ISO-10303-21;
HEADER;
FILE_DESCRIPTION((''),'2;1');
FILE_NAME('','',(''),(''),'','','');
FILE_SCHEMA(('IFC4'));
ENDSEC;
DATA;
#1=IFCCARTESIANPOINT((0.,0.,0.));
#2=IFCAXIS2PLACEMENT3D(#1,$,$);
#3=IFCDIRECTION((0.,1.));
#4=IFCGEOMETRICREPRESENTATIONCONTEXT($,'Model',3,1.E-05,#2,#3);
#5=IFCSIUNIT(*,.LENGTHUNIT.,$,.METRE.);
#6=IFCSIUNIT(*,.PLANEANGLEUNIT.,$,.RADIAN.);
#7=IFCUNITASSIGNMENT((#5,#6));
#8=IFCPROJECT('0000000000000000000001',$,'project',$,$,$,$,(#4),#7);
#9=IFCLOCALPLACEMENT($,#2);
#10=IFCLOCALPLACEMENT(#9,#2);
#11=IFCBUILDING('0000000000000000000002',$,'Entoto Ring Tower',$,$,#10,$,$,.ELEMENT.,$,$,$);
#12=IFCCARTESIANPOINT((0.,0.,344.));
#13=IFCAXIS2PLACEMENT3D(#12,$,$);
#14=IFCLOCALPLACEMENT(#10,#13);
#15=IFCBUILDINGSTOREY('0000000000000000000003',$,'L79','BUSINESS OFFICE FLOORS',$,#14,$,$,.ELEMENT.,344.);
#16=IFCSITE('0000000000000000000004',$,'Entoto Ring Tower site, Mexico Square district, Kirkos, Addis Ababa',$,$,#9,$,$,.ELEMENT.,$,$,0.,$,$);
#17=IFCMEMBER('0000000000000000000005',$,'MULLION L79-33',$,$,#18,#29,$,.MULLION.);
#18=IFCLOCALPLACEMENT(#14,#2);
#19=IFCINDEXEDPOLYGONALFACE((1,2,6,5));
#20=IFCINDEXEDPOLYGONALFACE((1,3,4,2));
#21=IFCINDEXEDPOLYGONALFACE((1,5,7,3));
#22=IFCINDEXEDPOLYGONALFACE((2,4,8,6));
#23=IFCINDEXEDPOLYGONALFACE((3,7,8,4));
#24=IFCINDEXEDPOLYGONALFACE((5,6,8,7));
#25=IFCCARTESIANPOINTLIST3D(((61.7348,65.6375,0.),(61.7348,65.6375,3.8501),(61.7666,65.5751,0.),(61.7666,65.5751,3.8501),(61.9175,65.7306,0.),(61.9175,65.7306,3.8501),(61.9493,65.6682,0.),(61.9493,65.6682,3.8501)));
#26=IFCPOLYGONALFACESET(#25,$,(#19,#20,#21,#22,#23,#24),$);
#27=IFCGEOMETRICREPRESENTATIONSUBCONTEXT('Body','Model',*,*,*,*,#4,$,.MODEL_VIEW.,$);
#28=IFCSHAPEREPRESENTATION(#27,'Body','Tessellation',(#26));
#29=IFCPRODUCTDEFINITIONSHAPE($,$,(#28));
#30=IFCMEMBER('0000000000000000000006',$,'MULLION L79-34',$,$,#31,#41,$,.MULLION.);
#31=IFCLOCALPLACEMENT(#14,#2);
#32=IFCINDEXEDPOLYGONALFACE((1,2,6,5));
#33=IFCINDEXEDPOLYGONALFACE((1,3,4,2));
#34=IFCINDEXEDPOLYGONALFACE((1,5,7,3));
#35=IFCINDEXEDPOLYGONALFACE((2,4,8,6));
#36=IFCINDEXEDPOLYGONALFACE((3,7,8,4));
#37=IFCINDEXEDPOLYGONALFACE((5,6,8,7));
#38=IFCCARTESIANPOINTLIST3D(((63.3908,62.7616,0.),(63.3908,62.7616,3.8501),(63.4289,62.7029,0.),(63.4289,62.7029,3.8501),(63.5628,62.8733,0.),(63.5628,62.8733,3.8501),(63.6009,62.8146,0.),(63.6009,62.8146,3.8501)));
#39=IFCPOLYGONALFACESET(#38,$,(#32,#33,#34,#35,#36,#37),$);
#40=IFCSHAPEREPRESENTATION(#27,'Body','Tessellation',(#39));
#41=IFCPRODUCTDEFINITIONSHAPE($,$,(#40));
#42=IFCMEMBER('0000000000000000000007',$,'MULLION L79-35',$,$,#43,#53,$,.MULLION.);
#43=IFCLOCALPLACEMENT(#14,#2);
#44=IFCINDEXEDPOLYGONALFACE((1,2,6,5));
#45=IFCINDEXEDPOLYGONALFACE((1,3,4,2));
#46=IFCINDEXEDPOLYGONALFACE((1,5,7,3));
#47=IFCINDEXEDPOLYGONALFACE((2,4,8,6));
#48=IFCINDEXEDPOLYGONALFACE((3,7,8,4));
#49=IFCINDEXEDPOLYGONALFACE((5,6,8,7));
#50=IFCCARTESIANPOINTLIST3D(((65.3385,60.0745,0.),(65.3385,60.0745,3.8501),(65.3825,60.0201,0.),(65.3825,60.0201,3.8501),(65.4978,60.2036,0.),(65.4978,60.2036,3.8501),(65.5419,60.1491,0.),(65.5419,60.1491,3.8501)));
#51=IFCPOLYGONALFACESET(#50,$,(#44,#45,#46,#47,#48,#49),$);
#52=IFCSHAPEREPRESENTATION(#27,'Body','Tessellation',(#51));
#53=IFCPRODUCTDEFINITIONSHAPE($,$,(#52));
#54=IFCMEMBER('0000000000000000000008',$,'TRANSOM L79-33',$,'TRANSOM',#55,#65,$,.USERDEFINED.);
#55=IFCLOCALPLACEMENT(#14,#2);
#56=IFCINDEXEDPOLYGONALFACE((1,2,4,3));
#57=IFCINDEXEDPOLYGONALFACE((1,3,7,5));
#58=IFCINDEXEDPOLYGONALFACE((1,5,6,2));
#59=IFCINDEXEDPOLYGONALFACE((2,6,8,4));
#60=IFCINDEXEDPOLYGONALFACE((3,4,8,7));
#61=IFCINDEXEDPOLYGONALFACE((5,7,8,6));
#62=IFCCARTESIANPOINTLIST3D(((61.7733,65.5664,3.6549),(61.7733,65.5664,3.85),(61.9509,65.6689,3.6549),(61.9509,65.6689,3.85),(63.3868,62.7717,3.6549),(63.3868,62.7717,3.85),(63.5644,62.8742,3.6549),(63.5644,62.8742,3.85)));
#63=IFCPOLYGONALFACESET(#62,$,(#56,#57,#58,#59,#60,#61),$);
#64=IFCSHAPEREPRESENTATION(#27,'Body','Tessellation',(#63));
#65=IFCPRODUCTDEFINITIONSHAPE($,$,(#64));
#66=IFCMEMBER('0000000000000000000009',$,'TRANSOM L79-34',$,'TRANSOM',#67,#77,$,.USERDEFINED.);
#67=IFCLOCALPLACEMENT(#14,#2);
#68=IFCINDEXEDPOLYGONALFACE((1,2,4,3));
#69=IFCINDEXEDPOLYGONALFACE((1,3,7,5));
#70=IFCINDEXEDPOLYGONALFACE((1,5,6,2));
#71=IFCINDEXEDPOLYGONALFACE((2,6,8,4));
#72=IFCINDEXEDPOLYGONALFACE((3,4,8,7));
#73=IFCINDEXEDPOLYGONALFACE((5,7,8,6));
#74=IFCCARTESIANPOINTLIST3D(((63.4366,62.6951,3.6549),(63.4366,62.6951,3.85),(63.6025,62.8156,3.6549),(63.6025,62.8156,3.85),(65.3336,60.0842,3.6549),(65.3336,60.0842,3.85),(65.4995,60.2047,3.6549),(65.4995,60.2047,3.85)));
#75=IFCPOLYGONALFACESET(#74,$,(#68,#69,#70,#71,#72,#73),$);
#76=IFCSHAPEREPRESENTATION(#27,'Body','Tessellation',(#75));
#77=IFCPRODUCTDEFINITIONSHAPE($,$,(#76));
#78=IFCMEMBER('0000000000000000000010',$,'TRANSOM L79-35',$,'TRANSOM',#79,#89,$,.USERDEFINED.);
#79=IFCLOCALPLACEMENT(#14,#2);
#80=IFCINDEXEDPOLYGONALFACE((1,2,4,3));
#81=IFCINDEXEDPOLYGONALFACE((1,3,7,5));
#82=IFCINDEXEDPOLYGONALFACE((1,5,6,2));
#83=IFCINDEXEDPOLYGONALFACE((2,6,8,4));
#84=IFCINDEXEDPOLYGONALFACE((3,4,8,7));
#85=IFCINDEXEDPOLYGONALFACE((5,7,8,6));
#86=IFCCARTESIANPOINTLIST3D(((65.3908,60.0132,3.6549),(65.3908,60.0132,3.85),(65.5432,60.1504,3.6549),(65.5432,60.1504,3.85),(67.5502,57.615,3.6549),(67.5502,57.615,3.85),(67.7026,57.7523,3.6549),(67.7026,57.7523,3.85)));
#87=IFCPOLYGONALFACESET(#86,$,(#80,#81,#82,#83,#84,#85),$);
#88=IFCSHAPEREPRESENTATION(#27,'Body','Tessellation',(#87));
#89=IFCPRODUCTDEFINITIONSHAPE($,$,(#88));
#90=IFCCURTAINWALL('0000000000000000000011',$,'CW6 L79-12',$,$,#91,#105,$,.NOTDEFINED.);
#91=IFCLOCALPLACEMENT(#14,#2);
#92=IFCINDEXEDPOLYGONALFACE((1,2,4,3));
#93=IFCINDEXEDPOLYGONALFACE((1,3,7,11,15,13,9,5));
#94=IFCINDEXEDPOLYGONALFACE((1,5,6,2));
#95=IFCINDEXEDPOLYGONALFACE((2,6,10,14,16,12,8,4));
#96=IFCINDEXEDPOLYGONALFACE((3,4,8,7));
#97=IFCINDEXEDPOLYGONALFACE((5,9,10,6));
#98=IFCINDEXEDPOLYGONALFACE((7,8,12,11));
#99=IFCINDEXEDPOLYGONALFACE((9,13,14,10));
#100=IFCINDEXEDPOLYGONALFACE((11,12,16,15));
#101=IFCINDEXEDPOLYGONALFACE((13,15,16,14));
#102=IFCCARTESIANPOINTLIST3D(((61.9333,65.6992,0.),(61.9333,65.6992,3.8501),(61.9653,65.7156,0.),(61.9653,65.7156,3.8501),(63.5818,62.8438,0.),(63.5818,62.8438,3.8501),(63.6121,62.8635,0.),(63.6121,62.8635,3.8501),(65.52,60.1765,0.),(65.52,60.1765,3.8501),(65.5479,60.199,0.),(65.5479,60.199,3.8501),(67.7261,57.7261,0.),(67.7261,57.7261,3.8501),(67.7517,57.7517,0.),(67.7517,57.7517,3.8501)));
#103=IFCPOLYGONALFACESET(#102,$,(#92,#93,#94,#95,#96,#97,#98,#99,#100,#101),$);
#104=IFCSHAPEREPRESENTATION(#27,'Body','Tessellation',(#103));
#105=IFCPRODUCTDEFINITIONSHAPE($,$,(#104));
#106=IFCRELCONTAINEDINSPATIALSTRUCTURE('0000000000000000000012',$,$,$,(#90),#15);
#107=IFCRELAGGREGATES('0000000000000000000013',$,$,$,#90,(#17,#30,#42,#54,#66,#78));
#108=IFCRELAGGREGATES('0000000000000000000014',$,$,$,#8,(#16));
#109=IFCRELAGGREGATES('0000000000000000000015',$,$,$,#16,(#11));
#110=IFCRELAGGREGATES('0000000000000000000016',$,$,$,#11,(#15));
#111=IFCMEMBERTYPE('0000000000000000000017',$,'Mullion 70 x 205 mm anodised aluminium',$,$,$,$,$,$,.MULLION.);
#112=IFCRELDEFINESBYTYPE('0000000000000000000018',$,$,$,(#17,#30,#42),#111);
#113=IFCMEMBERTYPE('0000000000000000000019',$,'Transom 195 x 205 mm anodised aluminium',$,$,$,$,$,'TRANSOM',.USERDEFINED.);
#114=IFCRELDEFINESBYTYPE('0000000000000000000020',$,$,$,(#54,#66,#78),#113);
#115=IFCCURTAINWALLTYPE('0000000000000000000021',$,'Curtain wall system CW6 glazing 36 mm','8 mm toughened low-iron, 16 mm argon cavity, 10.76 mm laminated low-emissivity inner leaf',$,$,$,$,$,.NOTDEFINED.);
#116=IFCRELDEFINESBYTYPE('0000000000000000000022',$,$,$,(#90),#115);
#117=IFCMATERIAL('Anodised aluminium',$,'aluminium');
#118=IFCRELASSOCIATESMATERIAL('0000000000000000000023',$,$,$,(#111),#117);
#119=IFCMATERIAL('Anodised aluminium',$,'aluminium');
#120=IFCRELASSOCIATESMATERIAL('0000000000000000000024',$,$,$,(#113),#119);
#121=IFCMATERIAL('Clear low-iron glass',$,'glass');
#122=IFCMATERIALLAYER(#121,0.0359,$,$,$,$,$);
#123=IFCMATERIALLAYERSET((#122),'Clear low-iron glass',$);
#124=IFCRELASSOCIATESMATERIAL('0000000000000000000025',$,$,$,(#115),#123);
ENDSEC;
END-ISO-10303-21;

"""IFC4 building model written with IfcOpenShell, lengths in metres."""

from ifc_helpers import new_model, si_unit, direction, frame, origin, origin_2d, place, context, subcontext, project, spatial, polyline, rectangle, outline, extrude, material, layer, layer_set, material_profile, profile_set, type_object, element, aggregate, save


model = new_model("IFC4")

# Units and contexts
model_context = context("Model", 3, precision=1e-05, world=origin(), true_north=direction((0.0, 1.0)))
body_context = subcontext(model_context, "Body", "Model", "MODEL_VIEW")
ifc_project = project(units=[si_unit("LENGTHUNIT", "METRE"), si_unit("PLANEANGLEUNIT", "RADIAN")], contexts=[model_context])

# Members
ifc_material_1 = material(Name="Anodised aluminium", Category="aluminium")
ifc_material_profile_1 = material_profile(ifc_material_1, rectangle(XDim=0.0701, YDim=0.2051, at=origin_2d()), Name="Mullion 70 x 205 mm anodised aluminium")
ifc_profile_set_1 = profile_set([ifc_material_profile_1], Name="Anodised aluminium")
member_type_1 = type_object("IfcMemberType", Name="Mullion 70 x 205 mm anodised aluminium", PredefinedType="MULLION", material=ifc_profile_set_1)
site_placement = place(None, origin())
building_placement = place(site_placement, origin())
storey_placement = place(building_placement, frame((0.0, 0.0, 344.0)))
member_1_placement = place(storey_placement, frame((61.842, 65.6528, 0.0), z_axis=(0.0, 0.0, 1.0), x_axis=(0.45399, -0.891007, 0.0)))
member_1 = element("IfcMember", 1, at=member_1_placement, type_object=member_type_1, Name="MULLION L79-33", PredefinedType="MULLION", context=body_context, shape_type="SweptSolid", body=[
    extrude(rectangle(XDim=0.0701, YDim=0.2051, at=origin_2d()), origin(), (0.0, 0.0, 1.0), 3.8501),
])
member_2_placement = place(storey_placement, frame((63.4958, 62.7881, 0.0), z_axis=(0.0, 0.0, 1.0), x_axis=(0.544639, -0.838671, 0.0)))
member_2 = element("IfcMember", 2, at=member_2_placement, type_object=member_type_1, Name="MULLION L79-34", PredefinedType="MULLION", context=body_context, shape_type="SweptSolid", body=[
    extrude(rectangle(XDim=0.0701, YDim=0.2051, at=origin_2d()), origin(), (0.0, 0.0, 1.0), 3.8501),
])
member_3_placement = place(storey_placement, frame((65.4402, 60.1118, 0.0), z_axis=(0.0, 0.0, 1.0), x_axis=(0.62932, -0.777146, 0.0)))
member_3 = element("IfcMember", 3, at=member_3_placement, type_object=member_type_1, Name="MULLION L79-35", PredefinedType="MULLION", context=body_context, shape_type="SweptSolid", body=[
    extrude(rectangle(XDim=0.0701, YDim=0.2051, at=origin_2d()), origin(), (0.0, 0.0, 1.0), 3.8501),
])
ifc_material_2 = material(Name="Anodised aluminium", Category="aluminium")
ifc_material_profile_2 = material_profile(ifc_material_2, rectangle(XDim=0.2051, YDim=0.1951, at=origin_2d()), Name="Transom 195 x 205 mm anodised aluminium")
ifc_profile_set_2 = profile_set([ifc_material_profile_2], Name="Anodised aluminium")
member_type_2 = type_object("IfcMemberType", Name="Transom 195 x 205 mm anodised aluminium", ElementType="TRANSOM", PredefinedType="USERDEFINED", material=ifc_profile_set_2)
member_4_placement = place(storey_placement, frame((61.8621, 65.6177, 3.7524), z_axis=(0.500004, -0.866023, 0.0), x_axis=(0.866023, 0.500004, 0.0)))
member_4 = element("IfcMember", 4, at=member_4_placement, type_object=member_type_2, Name="TRANSOM L79-33", ObjectType="TRANSOM", PredefinedType="USERDEFINED", context=body_context, shape_type="SweptSolid", body=[
    extrude(rectangle(XDim=0.2051, YDim=0.1951, at=origin_2d()), origin(), (0.0, 0.0, 1.0), 3.2271),
])
member_5_placement = place(storey_placement, frame((63.5195, 62.7554, 3.7524), z_axis=(0.587803, -0.809004, 0.0), x_axis=(0.809004, 0.587803, 0.0)))
member_5 = element("IfcMember", 5, at=member_5_placement, type_object=member_type_2, Name="TRANSOM L79-34", ObjectType="TRANSOM", PredefinedType="USERDEFINED", context=body_context, shape_type="SweptSolid", body=[
    extrude(rectangle(XDim=0.2051, YDim=0.1951, at=origin_2d()), origin(), (0.0, 0.0, 1.0), 3.2273),
])
member_6_placement = place(storey_placement, frame((65.467, 60.0818, 3.7524), z_axis=(0.669144, -0.743132, 0.0), x_axis=(0.743132, 0.669144, 0.0)))
member_6 = element("IfcMember", 6, at=member_6_placement, type_object=member_type_2, Name="TRANSOM L79-35", ObjectType="TRANSOM", PredefinedType="USERDEFINED", context=body_context, shape_type="SweptSolid", body=[
    extrude(rectangle(XDim=0.2051, YDim=0.1951, at=origin_2d()), origin(), (0.0, 0.0, 1.0), 3.2271),
])

# Site, building, storey
site = spatial("IfcSite", under=ifc_project, at=site_placement, Name="Entoto Ring Tower site, Mexico Square district, Kirkos, Addis Ababa", CompositionType="ELEMENT", RefElevation=0.0)
building = spatial("IfcBuilding", under=site, at=building_placement, Name="Entoto Ring Tower", CompositionType="ELEMENT")
storey = spatial("IfcBuildingStorey", under=building, at=storey_placement, Name="L79", Description="BUSINESS OFFICE FLOORS", CompositionType="ELEMENT", Elevation=344.0)

# Curtain wall
ifc_material_3 = material(Name="Clear low-iron glass", Category="glass")
ifc_layer = layer(ifc_material_3, 0.0359)
ifc_layer_set = layer_set([ifc_layer], Name="Clear low-iron glass")
curtain_wall_type = type_object("IfcCurtainWallType", Name="Curtain wall system CW6 glazing 36 mm", Description="8 mm toughened low-iron, 16 mm argon cavity, 10.76 mm laminated low-emissivity inner leaf", PredefinedType="NOTDEFINED", material=ifc_layer_set)
curtain_wall_1_placement = place(storey_placement, origin())
curtain_wall_1 = element("IfcCurtainWall", 7, at=curtain_wall_1_placement, inside=storey, type_object=curtain_wall_type, Name="CW6 L79-12", PredefinedType="NOTDEFINED", context=body_context, shape_type="SweptSolid", body=[
    extrude(outline(polyline([(61.9333, 65.6992), (63.5818, 62.8438), (65.52, 60.1765), (67.7261, 57.7261), (67.7517, 57.7517), (65.5479, 60.199), (63.6121, 62.8635), (61.9653, 65.7156), (61.9333, 65.6992)])), origin(), (0.0, 0.0, 1.0), 3.8501),
])
aggregate(curtain_wall_1, [member_1, member_2, member_3, member_4, member_5, member_6])

save(model, "model.ifc")
